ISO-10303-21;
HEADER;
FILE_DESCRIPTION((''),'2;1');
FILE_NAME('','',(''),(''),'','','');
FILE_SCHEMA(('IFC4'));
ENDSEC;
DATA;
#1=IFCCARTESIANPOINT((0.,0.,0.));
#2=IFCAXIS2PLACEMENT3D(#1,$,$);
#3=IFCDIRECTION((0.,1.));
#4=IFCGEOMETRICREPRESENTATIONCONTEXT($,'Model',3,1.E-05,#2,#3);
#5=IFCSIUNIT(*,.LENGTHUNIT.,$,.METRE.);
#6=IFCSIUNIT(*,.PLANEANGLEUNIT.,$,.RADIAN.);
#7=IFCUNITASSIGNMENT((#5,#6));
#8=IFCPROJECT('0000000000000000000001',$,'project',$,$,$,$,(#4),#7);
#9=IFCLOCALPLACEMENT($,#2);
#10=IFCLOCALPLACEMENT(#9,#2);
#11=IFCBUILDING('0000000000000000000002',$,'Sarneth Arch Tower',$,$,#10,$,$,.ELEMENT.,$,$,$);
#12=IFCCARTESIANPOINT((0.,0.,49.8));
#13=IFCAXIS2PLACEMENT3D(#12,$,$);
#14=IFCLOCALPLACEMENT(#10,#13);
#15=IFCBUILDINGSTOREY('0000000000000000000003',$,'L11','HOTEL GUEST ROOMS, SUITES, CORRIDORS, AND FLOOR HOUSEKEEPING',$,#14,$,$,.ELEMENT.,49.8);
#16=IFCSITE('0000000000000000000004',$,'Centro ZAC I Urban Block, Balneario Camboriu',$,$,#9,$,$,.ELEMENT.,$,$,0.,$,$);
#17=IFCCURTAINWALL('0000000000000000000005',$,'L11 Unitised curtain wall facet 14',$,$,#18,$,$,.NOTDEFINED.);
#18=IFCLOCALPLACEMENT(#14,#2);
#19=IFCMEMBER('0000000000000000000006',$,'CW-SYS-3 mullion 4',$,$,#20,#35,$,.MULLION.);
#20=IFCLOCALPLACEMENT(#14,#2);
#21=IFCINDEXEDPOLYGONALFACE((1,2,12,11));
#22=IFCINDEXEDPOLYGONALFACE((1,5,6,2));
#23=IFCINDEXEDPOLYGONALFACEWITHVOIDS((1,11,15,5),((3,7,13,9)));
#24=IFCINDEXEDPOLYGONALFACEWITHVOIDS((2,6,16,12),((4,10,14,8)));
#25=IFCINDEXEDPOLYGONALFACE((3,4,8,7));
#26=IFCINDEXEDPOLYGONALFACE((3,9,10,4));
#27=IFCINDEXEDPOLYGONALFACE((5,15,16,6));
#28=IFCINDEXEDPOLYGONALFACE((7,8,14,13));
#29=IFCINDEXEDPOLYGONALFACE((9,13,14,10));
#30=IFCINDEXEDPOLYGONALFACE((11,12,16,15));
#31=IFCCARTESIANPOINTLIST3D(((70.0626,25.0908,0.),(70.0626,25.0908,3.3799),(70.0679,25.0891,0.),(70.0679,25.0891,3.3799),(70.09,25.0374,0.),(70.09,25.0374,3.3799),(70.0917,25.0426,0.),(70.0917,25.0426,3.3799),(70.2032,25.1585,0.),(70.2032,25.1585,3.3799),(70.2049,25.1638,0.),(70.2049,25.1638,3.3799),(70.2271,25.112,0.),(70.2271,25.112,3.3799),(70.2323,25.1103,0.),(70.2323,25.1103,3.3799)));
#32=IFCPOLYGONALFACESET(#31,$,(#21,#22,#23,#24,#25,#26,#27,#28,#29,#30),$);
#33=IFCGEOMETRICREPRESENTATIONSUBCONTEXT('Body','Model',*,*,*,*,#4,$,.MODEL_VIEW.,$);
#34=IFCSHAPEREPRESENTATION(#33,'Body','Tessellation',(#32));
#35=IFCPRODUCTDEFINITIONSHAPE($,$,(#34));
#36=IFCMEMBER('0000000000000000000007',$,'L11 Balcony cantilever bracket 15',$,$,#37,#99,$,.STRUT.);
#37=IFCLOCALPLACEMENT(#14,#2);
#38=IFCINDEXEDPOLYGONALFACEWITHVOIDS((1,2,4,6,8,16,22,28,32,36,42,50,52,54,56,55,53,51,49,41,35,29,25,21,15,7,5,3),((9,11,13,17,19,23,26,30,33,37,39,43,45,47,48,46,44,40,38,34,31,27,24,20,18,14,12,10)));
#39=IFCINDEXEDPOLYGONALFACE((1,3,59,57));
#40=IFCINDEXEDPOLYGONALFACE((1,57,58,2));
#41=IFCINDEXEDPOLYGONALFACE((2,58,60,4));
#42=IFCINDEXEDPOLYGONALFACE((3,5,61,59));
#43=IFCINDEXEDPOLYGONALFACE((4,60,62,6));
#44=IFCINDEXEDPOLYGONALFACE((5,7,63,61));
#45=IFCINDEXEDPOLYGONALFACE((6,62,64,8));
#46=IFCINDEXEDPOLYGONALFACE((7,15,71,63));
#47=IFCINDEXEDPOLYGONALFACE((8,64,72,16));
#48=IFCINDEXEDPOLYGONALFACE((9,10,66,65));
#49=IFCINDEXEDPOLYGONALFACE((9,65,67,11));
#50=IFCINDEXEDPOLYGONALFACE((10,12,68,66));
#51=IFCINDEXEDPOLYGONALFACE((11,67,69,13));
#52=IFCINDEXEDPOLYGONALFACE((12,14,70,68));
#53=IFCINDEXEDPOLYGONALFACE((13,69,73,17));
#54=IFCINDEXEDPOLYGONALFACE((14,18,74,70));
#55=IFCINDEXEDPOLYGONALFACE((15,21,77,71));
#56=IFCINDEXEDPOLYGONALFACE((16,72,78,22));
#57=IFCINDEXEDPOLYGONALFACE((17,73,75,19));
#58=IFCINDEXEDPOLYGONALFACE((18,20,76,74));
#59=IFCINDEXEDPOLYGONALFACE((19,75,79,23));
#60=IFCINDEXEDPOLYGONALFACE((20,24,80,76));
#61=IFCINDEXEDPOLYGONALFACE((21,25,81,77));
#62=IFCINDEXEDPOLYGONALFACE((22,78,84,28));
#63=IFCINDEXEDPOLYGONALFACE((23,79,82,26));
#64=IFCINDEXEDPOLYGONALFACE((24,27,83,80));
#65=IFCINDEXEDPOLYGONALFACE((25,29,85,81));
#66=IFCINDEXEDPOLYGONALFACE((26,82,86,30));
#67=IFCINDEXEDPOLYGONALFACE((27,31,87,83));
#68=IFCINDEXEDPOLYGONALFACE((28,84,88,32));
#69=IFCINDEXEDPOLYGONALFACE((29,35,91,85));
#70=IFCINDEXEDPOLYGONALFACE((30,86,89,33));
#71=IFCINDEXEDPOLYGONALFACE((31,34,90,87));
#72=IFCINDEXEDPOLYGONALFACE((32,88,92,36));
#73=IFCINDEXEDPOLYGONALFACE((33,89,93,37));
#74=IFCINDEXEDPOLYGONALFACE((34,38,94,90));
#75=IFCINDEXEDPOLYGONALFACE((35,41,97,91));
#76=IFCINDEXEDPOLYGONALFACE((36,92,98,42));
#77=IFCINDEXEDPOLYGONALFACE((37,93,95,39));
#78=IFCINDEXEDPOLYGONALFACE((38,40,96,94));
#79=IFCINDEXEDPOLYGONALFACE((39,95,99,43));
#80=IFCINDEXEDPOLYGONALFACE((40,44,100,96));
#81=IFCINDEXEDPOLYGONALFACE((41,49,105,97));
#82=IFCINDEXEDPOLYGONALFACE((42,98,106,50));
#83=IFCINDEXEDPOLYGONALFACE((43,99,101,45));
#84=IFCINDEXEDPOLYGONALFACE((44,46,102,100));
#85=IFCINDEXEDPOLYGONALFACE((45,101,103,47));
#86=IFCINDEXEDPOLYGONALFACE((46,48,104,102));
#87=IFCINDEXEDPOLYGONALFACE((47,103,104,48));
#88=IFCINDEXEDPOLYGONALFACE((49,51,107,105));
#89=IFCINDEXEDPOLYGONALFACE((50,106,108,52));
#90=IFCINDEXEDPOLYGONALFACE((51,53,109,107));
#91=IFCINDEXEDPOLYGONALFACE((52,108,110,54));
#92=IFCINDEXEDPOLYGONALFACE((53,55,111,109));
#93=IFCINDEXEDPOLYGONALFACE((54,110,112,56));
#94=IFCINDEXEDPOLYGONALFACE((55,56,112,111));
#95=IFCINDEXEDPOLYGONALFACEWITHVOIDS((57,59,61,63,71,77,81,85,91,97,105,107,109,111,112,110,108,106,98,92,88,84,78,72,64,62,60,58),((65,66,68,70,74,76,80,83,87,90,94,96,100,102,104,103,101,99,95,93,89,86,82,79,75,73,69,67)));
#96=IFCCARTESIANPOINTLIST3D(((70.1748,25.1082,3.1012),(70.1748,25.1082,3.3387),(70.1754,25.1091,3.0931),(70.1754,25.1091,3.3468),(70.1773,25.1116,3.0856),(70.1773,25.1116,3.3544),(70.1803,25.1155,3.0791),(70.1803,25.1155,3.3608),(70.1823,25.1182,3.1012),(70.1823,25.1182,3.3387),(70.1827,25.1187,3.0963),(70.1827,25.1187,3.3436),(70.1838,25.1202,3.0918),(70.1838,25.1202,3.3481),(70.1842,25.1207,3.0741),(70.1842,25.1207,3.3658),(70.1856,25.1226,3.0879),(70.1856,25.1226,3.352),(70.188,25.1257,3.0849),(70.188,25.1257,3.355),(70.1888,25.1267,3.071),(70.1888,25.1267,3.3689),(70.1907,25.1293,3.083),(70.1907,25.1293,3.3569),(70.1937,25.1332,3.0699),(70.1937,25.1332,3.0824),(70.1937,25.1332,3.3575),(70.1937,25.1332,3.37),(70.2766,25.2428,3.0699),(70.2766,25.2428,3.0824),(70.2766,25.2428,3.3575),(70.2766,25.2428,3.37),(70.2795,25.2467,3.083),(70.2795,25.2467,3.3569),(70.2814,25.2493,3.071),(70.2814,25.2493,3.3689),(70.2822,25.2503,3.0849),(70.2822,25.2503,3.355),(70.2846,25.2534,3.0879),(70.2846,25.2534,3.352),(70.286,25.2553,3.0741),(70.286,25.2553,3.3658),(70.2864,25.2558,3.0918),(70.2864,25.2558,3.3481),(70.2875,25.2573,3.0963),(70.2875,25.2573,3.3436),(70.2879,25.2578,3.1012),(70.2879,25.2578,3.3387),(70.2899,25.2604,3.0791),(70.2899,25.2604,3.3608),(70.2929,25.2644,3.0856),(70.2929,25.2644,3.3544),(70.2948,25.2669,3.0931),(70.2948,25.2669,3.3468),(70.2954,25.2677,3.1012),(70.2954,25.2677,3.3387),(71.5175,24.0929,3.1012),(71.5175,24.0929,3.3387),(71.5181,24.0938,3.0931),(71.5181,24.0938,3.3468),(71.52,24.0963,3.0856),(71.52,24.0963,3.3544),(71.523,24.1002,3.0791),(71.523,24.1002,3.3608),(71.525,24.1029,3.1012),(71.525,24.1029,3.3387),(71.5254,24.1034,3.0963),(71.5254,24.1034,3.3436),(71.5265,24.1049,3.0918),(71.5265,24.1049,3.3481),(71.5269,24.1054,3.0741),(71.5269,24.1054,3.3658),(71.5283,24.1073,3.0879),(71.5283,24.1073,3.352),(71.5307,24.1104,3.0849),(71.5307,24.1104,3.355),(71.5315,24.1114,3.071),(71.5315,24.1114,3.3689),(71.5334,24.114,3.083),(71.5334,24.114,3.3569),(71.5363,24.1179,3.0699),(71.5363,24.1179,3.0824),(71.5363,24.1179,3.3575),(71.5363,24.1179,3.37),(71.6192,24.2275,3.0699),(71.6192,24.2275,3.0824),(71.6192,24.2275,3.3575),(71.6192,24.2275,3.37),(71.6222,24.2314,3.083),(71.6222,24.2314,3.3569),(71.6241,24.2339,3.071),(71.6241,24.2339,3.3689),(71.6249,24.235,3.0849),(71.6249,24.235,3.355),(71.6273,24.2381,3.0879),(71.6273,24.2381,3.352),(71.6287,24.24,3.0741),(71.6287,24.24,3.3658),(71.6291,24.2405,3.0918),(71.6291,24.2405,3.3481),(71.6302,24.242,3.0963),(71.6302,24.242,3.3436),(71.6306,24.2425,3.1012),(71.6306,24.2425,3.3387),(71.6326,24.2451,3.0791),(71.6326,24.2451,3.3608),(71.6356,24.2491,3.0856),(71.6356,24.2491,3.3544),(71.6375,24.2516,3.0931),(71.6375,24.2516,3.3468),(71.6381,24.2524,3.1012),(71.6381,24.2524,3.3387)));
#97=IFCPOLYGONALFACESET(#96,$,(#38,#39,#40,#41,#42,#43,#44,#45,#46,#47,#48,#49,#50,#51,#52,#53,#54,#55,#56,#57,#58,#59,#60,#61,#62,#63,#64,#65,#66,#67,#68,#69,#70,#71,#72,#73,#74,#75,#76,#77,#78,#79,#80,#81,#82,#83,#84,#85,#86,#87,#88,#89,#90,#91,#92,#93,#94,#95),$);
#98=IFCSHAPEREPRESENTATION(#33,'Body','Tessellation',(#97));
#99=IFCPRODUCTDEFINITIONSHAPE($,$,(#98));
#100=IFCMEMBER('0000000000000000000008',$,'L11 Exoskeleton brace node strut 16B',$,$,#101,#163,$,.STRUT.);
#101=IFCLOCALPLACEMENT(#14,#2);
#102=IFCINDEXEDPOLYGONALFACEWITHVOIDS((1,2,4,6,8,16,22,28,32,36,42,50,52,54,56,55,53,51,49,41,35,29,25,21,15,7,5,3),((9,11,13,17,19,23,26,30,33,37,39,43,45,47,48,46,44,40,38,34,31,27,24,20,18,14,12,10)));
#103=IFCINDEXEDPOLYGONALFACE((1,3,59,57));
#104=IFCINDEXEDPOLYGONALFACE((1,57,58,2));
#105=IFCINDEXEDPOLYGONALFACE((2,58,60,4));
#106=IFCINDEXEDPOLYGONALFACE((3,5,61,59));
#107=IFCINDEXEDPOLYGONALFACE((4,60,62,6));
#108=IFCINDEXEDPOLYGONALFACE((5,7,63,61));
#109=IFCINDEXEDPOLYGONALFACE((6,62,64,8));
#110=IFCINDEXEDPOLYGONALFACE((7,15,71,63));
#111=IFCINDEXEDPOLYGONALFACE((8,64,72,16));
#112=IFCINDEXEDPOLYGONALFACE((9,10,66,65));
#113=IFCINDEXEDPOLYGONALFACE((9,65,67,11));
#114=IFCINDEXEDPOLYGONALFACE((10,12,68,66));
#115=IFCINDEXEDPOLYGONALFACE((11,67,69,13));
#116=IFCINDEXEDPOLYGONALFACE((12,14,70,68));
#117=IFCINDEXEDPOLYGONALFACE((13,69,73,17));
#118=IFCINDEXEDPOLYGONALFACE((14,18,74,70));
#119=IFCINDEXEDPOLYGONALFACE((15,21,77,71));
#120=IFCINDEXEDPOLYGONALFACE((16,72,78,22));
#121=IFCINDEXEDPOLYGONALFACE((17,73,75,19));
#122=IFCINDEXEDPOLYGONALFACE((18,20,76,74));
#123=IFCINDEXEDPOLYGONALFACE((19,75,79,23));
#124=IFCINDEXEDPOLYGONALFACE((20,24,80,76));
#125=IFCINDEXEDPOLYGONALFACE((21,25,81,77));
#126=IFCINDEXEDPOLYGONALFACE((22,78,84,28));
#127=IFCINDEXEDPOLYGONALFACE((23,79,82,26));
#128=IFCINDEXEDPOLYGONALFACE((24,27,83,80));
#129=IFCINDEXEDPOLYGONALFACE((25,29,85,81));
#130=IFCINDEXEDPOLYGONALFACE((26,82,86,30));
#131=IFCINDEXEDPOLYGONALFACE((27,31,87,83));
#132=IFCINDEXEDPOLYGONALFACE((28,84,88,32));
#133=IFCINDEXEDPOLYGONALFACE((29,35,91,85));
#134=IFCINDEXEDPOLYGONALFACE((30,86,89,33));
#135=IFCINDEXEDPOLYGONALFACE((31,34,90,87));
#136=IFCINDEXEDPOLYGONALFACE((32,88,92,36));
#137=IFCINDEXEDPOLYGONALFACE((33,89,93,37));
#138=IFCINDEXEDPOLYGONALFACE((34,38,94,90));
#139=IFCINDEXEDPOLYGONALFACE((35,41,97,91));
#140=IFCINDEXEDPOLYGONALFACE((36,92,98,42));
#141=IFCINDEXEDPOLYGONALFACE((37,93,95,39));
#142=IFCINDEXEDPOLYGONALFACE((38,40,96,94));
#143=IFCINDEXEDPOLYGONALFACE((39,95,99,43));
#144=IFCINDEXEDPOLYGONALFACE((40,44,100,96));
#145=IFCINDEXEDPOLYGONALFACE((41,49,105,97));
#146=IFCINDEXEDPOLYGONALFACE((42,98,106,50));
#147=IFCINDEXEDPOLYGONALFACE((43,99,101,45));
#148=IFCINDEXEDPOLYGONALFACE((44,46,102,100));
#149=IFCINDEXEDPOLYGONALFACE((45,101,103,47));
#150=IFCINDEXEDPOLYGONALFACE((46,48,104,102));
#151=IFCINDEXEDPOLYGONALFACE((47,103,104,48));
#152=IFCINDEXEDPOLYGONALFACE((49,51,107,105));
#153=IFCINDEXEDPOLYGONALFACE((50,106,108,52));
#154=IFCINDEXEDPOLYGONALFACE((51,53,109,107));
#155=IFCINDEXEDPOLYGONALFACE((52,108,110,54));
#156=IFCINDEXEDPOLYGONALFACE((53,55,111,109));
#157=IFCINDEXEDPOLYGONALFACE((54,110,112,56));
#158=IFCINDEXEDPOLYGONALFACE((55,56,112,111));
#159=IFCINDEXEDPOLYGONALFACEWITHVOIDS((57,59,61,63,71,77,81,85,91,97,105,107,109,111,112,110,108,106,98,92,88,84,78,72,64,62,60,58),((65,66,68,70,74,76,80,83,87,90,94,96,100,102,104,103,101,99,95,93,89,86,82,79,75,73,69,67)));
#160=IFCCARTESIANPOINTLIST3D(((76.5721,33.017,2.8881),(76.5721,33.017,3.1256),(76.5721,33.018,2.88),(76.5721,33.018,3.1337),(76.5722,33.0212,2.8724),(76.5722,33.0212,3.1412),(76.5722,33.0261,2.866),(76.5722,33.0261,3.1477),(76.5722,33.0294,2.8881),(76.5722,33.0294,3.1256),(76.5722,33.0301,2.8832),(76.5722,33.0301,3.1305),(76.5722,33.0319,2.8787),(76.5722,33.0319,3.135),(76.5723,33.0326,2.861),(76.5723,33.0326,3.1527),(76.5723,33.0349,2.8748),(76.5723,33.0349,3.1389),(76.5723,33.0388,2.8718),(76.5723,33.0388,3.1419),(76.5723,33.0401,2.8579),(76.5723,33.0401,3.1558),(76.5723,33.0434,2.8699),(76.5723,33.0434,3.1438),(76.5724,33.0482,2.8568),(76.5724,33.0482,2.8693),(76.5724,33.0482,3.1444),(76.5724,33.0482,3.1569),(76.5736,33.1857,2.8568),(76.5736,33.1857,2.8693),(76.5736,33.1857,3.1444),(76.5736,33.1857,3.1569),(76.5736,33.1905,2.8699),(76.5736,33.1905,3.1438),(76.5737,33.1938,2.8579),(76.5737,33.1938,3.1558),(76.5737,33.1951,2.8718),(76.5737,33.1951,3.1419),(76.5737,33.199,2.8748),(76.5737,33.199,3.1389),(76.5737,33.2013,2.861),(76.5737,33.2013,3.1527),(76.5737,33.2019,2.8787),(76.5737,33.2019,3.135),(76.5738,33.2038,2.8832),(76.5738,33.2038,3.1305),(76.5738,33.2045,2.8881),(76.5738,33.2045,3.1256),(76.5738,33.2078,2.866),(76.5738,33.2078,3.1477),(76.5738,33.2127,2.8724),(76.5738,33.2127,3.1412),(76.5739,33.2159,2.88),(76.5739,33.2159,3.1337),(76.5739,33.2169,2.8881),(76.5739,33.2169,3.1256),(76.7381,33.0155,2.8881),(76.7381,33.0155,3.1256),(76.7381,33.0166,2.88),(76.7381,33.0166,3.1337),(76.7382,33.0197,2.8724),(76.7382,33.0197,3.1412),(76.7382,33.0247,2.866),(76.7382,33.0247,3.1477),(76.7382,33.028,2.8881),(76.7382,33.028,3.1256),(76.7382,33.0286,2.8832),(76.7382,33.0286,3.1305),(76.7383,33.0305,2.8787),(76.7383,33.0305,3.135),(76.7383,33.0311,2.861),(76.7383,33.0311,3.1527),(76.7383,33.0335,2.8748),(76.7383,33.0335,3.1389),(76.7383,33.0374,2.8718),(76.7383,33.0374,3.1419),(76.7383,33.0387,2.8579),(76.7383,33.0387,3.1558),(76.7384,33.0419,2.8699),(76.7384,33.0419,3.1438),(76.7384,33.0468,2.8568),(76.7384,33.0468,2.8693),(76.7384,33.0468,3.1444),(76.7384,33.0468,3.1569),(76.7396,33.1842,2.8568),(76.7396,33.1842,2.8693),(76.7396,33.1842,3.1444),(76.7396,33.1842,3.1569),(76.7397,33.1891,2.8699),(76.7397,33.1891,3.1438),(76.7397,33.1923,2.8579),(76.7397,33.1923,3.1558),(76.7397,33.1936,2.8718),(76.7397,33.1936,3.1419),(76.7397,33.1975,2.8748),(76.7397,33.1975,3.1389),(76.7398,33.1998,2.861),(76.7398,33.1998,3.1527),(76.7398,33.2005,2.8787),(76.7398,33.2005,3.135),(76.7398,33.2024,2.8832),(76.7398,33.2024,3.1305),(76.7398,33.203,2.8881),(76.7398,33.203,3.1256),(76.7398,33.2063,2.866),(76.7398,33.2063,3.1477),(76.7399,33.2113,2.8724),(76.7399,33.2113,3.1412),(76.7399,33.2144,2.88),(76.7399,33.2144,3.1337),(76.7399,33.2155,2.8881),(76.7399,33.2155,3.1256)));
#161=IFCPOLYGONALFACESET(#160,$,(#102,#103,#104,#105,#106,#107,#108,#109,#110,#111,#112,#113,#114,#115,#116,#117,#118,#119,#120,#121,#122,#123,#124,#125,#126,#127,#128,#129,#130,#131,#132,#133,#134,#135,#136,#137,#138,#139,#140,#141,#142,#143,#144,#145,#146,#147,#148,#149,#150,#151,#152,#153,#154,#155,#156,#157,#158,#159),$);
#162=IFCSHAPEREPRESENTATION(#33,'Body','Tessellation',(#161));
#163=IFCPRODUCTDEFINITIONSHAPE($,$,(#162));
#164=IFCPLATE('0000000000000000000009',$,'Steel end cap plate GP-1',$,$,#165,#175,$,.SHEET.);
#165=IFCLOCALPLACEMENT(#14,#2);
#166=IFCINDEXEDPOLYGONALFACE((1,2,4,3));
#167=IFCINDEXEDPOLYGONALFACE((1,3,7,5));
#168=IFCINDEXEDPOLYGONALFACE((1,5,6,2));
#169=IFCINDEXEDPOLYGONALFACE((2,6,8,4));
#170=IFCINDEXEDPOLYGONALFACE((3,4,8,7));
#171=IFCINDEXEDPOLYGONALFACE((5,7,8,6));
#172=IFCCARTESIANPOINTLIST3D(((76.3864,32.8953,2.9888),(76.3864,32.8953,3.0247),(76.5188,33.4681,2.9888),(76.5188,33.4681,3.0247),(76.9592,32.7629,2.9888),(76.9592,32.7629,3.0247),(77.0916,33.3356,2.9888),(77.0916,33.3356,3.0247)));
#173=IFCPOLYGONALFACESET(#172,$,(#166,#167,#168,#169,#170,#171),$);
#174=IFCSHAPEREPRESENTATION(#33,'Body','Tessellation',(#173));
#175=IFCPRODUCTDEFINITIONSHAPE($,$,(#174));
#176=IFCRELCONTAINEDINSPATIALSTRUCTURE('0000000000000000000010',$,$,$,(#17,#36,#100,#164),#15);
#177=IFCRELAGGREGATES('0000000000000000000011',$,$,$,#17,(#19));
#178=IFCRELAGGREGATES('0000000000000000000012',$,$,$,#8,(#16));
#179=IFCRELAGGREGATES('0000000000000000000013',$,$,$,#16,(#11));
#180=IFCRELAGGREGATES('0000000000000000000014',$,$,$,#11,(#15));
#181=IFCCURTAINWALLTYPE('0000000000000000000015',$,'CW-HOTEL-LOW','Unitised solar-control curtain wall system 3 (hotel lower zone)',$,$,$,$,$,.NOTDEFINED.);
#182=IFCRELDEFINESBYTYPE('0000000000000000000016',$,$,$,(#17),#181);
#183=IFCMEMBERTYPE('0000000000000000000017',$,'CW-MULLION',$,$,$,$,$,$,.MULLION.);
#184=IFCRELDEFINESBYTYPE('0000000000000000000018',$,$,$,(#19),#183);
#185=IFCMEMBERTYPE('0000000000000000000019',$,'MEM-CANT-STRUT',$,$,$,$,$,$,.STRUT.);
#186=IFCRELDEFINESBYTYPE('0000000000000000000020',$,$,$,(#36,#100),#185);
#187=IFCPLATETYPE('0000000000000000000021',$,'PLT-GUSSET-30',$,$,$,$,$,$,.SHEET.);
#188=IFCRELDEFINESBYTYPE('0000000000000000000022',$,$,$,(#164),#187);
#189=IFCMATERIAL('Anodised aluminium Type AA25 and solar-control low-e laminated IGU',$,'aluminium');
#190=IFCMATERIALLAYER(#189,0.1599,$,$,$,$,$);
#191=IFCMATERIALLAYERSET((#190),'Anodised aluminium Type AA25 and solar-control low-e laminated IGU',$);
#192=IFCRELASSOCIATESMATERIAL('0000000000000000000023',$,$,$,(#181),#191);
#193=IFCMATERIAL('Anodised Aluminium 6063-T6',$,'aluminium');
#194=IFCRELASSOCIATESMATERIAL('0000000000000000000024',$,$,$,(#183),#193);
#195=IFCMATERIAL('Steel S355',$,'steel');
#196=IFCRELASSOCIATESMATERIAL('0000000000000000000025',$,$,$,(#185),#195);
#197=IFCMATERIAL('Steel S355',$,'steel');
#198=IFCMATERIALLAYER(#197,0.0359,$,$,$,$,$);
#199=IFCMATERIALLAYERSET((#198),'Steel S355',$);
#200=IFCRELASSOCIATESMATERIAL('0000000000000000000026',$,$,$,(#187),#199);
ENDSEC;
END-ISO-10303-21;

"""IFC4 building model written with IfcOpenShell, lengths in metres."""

from ifc_helpers import new_model, si_unit, direction, frame, origin, origin_2d, place, context, subcontext, project, spatial, rectangle, hollow_rectangle, extrude, material, layer, layer_set, material_profile, profile_set, type_object, element, aggregate, save


model = new_model("IFC4")

# Units and contexts
model_context = context("Model", 3, precision=1e-05, world=origin(), true_north=direction((0.0, 1.0)))
body_context = subcontext(model_context, "Body", "Model", "MODEL_VIEW")
ifc_project = project(units=[si_unit("LENGTHUNIT", "METRE"), si_unit("PLANEANGLEUNIT", "RADIAN")], contexts=[model_context])

# Site, building, storey
site_placement = place(None, origin())
site = spatial("IfcSite", under=ifc_project, at=site_placement, Name="Centro ZAC I Urban Block, Balneario Camboriu", CompositionType="ELEMENT", RefElevation=0.0)
building_placement = place(site_placement, origin())
building = spatial("IfcBuilding", under=site, at=building_placement, Name="Sarneth Arch Tower", CompositionType="ELEMENT")
storey_placement = place(building_placement, frame((0.0, 0.0, 49.8)))
storey = spatial("IfcBuildingStorey", under=building, at=storey_placement, Name="L11", Description="HOTEL GUEST ROOMS, SUITES, CORRIDORS, AND FLOOR HOUSEKEEPING", CompositionType="ELEMENT", Elevation=49.8)

# Curtain wall, member
ifc_material_1 = material(Name="Anodised aluminium Type AA25 and solar-control low-e laminated IGU", Category="aluminium")
ifc_layer_1 = layer(ifc_material_1, 0.1599)
ifc_layer_set_1 = layer_set([ifc_layer_1], Name="Anodised aluminium Type AA25 and solar-control low-e laminated IGU")
curtain_wall_type = type_object("IfcCurtainWallType", Name="CW-HOTEL-LOW", Description="Unitised solar-control curtain wall system 3 (hotel lower zone)", PredefinedType="NOTDEFINED", material=ifc_layer_set_1)
curtain_wall_placement = place(storey_placement, origin())
curtain_wall = element("IfcCurtainWall", 1, at=curtain_wall_placement, inside=storey, type_object=curtain_wall_type, Name="L11 Unitised curtain wall facet 14", PredefinedType="NOTDEFINED")
ifc_material_2 = material(Name="Anodised Aluminium 6063-T6", Category="aluminium")
ifc_material_profile_1 = material_profile(ifc_material_2, hollow_rectangle(XDim=0.0601, YDim=0.1599, WallThickness=0.0039, at=origin_2d()), Name="AL-MULL-160x60x4")
ifc_profile_set_1 = profile_set([ifc_material_profile_1], Name="Anodised Aluminium 6063-T6")
member_type_1 = type_object("IfcMemberType", Name="CW-MULLION", PredefinedType="MULLION", material=ifc_profile_set_1)
member_1_placement = place(storey_placement, frame((70.1475, 25.1006, 0.0), z_axis=(0.0, 0.0, 1.0), x_axis=(-0.456245, 0.889854, 0.0)))
member_1 = element("IfcMember", 2, at=member_1_placement, type_object=member_type_1, Name="CW-SYS-3 mullion 4", PredefinedType="MULLION", context=body_context, shape_type="SweptSolid", body=[
    extrude(hollow_rectangle(XDim=0.0601, YDim=0.1599, WallThickness=0.0039, at=origin_2d()), origin(), (0.0, 0.0, 1.0), 3.3799),
])
aggregate(curtain_wall, [member_1])

# Members
ifc_material_3 = material(Name="Steel S355", Category="steel")
ifc_material_profile_2 = material_profile(ifc_material_3, hollow_rectangle(XDim=0.2, YDim=0.3, WallThickness=0.0125, InnerFilletRadius=0.0188, OuterFilletRadius=0.0312, at=origin_2d()), Name="RHS300x200x12.5")
ifc_profile_set_2 = profile_set([ifc_material_profile_2], Name="Steel S355")
member_type_2 = type_object("IfcMemberType", Name="MEM-CANT-STRUT", PredefinedType="STRUT", material=ifc_profile_set_2)
member_2_placement = place(storey_placement, frame((70.2351, 25.188, 3.22), z_axis=(0.797627, -0.603151, 0.0), x_axis=(0.603151, 0.797627, 0.0)))
element("IfcMember", 3, at=member_2_placement, inside=storey, type_object=member_type_2, Name="L11 Balcony cantilever bracket 15", PredefinedType="STRUT", context=body_context, shape_type="SweptSolid", body=[
    extrude(hollow_rectangle(XDim=0.2, YDim=0.3, WallThickness=0.0125, InnerFilletRadius=0.0188, OuterFilletRadius=0.0312, at=origin_2d()), origin(), (0.0, 0.0, 1.0), 1.6833),
])
member_3_placement = place(storey_placement, frame((76.573, 33.1169, 3.0068), z_axis=(0.999961, -0.008823, 0.0), x_axis=(0.008823, 0.999961, 0.0)))
element("IfcMember", 4, at=member_3_placement, inside=storey, type_object=member_type_2, Name="L11 Exoskeleton brace node strut 16B", PredefinedType="STRUT", context=body_context, shape_type="SweptSolid", body=[
    extrude(hollow_rectangle(XDim=0.2, YDim=0.3, WallThickness=0.0125, InnerFilletRadius=0.0188, OuterFilletRadius=0.0312, at=origin_2d()), origin(), (0.0, 0.0, 1.0), 0.166),
])

# Plate
ifc_material_4 = material(Name="Steel S355", Category="steel")
ifc_layer_2 = layer(ifc_material_4, 0.0359)
ifc_layer_set_2 = layer_set([ifc_layer_2], Name="Steel S355")
plate_type = type_object("IfcPlateType", Name="PLT-GUSSET-30", PredefinedType="SHEET", material=ifc_layer_set_2)
plate_placement = place(storey_placement, frame((76.739, 33.1155, 2.9888), z_axis=(0.0, 0.0, 1.0), x_axis=(0.225291, 0.974291, 0.0)))
element("IfcPlate", 5, at=plate_placement, inside=storey, type_object=plate_type, Name="Steel end cap plate GP-1", PredefinedType="SHEET", context=body_context, shape_type="SweptSolid", body=[
    extrude(rectangle(XDim=0.5879, YDim=0.5879, at=origin_2d()), origin(), (0.0, 0.0, 1.0), 0.0359),
])

save(model, "model.ifc")
